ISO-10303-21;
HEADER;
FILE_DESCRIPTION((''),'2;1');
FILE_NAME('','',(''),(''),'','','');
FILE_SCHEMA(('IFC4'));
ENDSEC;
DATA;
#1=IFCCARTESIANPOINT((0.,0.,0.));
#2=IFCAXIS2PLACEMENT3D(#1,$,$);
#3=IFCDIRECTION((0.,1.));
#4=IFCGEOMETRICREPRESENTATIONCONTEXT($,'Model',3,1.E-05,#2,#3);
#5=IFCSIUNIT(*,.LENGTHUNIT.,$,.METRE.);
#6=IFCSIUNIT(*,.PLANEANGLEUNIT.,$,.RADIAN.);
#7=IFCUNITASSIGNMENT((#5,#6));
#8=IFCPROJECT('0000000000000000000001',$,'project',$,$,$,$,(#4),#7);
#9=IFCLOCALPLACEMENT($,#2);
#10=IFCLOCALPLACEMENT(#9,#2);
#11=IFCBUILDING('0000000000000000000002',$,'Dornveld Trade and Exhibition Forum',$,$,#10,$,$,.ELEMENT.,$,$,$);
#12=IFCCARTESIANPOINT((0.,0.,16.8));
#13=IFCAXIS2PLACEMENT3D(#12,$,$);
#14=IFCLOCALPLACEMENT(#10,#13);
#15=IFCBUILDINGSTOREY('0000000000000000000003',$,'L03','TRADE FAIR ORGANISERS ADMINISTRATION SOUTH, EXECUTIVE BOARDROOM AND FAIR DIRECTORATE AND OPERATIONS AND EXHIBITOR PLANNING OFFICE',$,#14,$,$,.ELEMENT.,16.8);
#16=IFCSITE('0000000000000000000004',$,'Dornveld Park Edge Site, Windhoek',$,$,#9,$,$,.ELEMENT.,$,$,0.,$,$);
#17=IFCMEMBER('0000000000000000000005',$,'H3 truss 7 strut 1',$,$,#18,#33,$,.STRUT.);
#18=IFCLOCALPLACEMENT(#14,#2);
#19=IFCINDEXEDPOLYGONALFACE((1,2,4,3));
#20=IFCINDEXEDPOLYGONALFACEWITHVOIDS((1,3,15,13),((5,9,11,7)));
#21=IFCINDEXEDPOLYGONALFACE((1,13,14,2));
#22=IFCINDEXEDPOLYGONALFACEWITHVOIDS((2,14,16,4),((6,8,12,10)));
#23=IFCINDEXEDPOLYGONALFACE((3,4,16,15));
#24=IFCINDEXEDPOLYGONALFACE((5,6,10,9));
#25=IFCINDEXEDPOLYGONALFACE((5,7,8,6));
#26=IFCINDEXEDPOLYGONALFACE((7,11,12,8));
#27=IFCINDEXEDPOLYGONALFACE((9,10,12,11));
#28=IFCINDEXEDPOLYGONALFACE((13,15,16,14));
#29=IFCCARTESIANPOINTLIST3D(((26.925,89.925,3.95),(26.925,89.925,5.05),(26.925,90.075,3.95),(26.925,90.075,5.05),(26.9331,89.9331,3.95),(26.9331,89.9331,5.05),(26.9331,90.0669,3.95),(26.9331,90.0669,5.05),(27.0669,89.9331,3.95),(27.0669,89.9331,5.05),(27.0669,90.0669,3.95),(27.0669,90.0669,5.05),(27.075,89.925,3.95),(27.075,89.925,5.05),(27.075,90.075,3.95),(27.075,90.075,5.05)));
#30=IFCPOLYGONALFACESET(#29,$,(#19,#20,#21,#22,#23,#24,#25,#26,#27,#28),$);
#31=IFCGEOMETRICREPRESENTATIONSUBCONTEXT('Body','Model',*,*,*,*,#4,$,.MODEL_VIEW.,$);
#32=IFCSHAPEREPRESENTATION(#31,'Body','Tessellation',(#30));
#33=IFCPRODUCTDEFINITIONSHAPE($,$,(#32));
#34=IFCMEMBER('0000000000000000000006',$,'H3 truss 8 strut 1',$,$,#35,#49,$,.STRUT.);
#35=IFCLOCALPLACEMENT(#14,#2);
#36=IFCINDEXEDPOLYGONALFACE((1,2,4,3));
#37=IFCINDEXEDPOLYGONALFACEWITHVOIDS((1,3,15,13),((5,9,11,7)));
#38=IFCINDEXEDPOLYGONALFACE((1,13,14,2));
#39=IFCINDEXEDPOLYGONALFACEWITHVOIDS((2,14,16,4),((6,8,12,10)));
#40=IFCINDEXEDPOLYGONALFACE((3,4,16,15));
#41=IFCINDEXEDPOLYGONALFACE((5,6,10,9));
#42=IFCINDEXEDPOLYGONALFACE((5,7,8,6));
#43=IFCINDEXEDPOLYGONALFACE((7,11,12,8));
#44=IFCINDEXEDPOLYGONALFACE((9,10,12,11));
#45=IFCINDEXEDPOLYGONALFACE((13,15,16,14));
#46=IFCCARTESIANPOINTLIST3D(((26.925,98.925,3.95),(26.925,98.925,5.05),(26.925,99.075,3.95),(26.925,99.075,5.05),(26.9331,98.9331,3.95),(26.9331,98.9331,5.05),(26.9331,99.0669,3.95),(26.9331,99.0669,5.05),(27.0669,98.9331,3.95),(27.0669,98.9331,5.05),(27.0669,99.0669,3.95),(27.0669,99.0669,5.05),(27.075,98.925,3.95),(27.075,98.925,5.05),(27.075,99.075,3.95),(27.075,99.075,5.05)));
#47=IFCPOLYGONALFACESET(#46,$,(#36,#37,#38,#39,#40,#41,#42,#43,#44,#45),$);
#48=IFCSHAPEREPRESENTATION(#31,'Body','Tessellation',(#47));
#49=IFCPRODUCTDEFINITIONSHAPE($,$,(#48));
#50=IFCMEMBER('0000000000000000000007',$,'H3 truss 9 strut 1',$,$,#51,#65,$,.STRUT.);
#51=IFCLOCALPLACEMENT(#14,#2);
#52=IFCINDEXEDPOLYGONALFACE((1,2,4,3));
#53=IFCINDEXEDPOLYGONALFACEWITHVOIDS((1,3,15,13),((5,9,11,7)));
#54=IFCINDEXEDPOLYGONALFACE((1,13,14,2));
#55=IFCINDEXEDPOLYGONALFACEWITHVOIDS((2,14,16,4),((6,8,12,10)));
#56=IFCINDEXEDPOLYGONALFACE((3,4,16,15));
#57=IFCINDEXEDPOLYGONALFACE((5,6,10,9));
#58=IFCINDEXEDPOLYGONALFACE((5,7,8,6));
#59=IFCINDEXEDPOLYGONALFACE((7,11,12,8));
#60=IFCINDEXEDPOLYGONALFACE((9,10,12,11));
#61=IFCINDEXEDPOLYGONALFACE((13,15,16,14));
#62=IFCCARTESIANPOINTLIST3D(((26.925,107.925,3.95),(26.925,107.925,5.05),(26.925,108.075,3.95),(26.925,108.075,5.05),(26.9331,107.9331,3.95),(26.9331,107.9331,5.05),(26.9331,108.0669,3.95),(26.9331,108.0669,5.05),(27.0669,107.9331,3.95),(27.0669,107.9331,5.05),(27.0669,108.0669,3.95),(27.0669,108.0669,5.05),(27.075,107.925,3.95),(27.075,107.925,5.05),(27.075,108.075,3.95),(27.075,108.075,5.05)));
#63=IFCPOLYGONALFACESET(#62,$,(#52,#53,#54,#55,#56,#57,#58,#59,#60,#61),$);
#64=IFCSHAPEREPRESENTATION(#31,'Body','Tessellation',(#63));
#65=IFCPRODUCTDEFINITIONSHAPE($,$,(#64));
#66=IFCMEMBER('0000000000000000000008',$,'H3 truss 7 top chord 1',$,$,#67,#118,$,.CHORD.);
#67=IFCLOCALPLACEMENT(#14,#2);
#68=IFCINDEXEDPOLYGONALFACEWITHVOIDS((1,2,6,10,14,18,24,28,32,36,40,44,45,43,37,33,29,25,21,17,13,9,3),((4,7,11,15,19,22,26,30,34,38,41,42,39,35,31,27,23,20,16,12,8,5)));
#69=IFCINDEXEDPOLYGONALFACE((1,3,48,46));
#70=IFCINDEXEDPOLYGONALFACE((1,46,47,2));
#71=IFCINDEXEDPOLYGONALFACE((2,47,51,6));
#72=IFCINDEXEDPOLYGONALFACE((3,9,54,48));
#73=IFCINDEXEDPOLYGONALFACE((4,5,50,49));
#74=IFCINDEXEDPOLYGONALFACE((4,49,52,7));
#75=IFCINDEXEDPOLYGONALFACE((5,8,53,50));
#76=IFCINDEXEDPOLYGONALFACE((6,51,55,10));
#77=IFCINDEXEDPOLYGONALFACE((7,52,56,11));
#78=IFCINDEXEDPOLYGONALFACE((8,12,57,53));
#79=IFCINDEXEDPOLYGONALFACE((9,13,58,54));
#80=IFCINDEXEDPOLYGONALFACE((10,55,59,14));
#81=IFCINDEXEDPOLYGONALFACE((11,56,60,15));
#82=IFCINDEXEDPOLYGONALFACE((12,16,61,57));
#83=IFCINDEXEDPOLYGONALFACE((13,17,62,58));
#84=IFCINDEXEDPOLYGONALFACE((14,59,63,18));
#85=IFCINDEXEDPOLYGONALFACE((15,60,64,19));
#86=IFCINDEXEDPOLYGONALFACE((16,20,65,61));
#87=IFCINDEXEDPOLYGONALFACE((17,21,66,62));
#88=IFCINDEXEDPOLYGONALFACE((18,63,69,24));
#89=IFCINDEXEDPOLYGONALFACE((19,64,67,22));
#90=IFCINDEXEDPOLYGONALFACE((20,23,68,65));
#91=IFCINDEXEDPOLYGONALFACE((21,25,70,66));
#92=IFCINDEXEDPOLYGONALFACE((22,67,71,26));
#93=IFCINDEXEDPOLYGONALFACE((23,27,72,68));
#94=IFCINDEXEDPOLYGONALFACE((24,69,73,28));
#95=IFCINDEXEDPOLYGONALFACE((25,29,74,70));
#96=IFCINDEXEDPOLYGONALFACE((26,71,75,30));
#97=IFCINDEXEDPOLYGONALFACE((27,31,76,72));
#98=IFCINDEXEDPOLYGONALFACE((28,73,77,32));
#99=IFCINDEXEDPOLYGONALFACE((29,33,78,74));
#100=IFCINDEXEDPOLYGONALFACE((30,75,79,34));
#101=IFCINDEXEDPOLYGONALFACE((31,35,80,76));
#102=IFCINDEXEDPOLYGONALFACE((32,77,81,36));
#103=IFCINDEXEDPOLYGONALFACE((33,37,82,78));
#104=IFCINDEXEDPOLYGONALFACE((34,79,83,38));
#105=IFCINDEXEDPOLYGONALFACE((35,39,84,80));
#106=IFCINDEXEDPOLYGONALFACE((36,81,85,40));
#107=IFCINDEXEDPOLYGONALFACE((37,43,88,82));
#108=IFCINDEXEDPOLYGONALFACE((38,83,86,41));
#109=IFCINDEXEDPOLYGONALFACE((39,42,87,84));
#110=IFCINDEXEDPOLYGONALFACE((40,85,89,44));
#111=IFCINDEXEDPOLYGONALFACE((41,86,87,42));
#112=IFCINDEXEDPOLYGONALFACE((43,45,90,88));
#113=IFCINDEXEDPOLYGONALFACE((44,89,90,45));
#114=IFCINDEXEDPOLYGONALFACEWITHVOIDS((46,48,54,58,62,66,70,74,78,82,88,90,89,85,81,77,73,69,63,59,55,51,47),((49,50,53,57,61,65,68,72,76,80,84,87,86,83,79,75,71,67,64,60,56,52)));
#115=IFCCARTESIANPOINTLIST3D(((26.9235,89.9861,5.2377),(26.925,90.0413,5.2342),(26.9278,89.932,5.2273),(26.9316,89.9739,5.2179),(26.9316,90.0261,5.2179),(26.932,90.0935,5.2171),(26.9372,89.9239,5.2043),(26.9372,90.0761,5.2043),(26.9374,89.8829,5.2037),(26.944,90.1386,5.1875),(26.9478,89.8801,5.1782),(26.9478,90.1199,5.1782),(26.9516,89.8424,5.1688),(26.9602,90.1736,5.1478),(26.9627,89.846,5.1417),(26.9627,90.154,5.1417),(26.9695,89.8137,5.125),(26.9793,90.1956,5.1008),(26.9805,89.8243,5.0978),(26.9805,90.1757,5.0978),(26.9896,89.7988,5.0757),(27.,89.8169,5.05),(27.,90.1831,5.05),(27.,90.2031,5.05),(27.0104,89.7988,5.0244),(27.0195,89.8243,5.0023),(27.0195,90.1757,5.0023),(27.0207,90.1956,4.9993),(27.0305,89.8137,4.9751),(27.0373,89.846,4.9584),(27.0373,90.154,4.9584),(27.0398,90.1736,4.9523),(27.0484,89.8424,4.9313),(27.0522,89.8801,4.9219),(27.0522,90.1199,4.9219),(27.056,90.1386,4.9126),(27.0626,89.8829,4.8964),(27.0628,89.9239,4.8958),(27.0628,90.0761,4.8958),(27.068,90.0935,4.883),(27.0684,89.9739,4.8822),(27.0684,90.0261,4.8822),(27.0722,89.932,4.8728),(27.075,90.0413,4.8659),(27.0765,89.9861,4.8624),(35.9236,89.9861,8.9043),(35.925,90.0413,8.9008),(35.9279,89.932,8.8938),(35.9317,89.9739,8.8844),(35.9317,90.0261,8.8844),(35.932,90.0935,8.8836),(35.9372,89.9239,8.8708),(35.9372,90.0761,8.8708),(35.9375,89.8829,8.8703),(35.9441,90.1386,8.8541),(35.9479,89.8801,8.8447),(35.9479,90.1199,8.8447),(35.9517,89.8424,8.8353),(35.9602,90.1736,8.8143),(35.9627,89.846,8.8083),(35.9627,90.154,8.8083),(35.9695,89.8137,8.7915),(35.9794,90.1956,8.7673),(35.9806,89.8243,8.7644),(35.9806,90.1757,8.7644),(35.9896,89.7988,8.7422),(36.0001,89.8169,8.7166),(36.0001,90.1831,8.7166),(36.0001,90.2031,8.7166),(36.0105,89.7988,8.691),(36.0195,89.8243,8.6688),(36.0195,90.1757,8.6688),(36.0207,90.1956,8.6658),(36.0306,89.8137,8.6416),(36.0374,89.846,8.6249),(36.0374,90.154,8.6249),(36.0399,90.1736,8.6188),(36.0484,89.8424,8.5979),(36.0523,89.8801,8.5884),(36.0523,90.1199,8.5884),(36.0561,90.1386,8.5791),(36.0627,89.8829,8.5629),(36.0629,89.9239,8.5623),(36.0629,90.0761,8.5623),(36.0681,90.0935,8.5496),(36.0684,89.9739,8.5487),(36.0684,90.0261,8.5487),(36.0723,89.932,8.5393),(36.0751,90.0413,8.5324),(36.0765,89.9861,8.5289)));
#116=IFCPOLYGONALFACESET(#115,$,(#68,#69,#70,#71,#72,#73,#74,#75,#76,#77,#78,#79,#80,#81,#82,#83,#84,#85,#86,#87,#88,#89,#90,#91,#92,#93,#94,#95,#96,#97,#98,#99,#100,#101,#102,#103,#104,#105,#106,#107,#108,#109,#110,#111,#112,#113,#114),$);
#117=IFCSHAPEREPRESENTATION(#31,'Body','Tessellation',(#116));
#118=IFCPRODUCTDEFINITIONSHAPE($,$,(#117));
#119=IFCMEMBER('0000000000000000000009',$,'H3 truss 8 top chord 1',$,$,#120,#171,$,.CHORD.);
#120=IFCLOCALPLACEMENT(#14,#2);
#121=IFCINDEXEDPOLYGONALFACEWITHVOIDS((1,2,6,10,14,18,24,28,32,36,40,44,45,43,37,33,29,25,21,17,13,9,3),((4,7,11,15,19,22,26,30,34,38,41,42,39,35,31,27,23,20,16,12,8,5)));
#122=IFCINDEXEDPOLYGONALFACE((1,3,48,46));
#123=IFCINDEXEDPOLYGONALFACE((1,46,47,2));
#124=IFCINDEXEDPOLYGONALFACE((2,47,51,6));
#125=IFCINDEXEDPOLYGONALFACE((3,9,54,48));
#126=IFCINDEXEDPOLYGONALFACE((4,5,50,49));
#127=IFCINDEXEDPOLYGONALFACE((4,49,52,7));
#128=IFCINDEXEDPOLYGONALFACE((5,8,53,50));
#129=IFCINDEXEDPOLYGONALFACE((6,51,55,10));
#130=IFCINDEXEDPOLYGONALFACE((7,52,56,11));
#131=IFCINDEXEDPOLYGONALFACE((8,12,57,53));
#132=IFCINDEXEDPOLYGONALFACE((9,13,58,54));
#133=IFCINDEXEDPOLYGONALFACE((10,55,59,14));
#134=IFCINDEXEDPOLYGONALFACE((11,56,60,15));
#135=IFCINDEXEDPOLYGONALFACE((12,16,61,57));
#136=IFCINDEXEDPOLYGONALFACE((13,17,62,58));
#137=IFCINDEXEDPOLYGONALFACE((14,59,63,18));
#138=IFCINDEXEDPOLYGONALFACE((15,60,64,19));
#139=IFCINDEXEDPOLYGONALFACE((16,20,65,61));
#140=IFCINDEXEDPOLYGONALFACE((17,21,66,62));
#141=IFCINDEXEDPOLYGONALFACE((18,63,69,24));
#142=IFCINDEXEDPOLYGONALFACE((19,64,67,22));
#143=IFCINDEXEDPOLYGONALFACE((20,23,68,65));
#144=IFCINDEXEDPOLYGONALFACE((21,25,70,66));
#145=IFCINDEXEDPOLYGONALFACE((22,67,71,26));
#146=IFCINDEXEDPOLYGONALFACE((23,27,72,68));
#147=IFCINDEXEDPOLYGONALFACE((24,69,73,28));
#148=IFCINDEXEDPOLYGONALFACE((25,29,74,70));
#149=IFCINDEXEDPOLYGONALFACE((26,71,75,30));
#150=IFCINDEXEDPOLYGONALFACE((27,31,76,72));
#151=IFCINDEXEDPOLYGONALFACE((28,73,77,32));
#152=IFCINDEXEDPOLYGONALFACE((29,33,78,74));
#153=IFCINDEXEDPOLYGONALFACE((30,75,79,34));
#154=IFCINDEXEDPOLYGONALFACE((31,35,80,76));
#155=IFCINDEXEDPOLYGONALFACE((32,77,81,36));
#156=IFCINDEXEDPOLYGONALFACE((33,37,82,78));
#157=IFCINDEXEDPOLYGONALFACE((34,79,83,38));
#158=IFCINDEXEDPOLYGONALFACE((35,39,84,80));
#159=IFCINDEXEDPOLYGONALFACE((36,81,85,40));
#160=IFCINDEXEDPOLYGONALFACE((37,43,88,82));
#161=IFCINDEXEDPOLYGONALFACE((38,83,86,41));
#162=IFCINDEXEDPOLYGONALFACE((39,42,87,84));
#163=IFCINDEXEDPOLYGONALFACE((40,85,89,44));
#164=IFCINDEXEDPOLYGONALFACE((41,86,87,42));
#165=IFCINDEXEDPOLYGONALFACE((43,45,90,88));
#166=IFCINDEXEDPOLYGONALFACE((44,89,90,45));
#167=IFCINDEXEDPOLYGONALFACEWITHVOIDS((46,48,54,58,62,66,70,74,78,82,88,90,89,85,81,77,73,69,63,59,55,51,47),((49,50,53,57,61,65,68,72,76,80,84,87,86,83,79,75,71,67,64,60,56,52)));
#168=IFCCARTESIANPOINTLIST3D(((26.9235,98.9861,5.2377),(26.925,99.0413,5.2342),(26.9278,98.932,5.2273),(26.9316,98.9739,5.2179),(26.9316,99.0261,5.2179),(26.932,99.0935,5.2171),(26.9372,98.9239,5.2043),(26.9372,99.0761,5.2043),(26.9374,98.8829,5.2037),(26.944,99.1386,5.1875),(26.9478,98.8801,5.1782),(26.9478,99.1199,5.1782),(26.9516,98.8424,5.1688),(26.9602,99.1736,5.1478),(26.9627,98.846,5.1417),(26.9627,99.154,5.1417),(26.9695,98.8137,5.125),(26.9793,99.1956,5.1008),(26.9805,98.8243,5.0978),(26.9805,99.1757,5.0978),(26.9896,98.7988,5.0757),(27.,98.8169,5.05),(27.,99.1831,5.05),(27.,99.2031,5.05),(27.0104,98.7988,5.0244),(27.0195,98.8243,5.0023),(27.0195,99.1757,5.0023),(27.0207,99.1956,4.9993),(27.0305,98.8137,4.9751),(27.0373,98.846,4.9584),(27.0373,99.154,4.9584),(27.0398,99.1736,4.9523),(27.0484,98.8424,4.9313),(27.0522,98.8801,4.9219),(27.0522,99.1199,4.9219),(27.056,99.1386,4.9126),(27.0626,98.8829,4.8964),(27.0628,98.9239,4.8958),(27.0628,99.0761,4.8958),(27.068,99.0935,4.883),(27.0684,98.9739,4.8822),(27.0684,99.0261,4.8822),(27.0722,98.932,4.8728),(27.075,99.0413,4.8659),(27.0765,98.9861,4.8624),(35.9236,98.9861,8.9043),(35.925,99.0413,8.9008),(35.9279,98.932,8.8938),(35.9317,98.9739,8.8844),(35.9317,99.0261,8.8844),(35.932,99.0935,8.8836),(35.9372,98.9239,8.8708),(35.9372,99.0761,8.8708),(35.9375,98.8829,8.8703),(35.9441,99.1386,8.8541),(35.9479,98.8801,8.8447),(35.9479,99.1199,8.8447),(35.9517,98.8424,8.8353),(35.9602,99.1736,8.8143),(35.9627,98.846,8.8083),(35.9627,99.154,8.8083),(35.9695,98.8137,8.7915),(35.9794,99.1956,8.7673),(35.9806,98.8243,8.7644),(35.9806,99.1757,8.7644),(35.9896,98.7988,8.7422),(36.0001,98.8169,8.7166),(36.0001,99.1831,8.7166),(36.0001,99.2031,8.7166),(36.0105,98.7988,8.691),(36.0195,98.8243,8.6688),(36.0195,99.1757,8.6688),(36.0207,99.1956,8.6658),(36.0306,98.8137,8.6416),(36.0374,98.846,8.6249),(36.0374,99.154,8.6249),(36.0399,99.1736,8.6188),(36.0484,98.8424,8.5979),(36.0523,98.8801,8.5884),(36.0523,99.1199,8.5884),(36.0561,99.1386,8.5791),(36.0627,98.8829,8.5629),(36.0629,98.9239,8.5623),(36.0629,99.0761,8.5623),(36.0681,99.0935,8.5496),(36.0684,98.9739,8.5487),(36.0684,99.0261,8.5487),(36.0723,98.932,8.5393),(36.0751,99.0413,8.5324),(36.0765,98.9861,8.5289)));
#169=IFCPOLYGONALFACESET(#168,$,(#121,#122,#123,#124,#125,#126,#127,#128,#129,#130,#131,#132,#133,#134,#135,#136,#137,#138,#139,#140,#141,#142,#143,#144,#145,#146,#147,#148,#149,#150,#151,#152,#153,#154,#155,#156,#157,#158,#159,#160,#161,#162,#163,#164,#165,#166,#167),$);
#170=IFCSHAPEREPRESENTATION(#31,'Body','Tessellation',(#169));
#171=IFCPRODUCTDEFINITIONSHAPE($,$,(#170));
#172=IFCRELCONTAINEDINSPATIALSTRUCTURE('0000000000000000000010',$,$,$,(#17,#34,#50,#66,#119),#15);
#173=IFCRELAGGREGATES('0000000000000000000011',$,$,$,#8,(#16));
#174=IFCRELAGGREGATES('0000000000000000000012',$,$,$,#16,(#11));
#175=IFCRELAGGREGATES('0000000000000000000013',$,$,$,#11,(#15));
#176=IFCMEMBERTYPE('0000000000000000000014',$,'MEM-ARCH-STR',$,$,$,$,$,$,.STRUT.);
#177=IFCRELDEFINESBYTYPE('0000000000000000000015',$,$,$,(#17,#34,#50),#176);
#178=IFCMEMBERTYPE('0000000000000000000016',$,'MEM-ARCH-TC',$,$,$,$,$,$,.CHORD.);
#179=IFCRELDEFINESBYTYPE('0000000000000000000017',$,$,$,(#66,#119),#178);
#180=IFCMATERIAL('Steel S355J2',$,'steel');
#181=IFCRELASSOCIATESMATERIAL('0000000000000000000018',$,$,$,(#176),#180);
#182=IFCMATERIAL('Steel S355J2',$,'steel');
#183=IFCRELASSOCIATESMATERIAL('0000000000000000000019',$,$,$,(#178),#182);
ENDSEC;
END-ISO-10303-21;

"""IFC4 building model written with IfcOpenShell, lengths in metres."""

from ifc_helpers import new_model, si_unit, direction, frame, origin, origin_2d, place, context, subcontext, project, spatial, hollow_rectangle, hollow_circle, extrude, material, material_profile, profile_set, type_object, element, save


model = new_model("IFC4")

# Units and contexts
model_context = context("Model", 3, precision=1e-05, world=origin(), true_north=direction((0.0, 1.0)))
body_context = subcontext(model_context, "Body", "Model", "MODEL_VIEW")
ifc_project = project(units=[si_unit("LENGTHUNIT", "METRE"), si_unit("PLANEANGLEUNIT", "RADIAN")], contexts=[model_context])

# Site, building, storey
site_placement = place(None, origin())
site = spatial("IfcSite", under=ifc_project, at=site_placement, Name="Dornveld Park Edge Site, Windhoek", CompositionType="ELEMENT", RefElevation=0.0)
building_placement = place(site_placement, origin())
building = spatial("IfcBuilding", under=site, at=building_placement, Name="Dornveld Trade and Exhibition Forum", CompositionType="ELEMENT")
storey_placement = place(building_placement, frame((0.0, 0.0, 16.8)))
storey = spatial("IfcBuildingStorey", under=building, at=storey_placement, Name="L03", Description="TRADE FAIR ORGANISERS ADMINISTRATION SOUTH, EXECUTIVE BOARDROOM AND FAIR DIRECTORATE AND OPERATIONS AND EXHIBITOR PLANNING OFFICE", CompositionType="ELEMENT", Elevation=16.8)

# Members
ifc_material_1 = material(Name="Steel S355J2", Category="steel")
ifc_material_profile_1 = material_profile(ifc_material_1, hollow_rectangle(XDim=0.1499, YDim=0.1499, WallThickness=0.0081, at=origin_2d()), Name="SHS 150x150x8")
ifc_profile_set_1 = profile_set([ifc_material_profile_1], Name="Steel S355J2")
member_type_1 = type_object("IfcMemberType", Name="MEM-ARCH-STR", PredefinedType="STRUT", material=ifc_profile_set_1)
for number, where, z_axis, x_axis, name in (
    (1, (27.0, 90.0, 3.95), (0.0, 0.0, 1.0), (1.0, 0.0, 0.0), "H3 truss 7 strut 1"),
    (2, (27.0, 99.0, 3.95), (0.0, 0.0, 1.0), (1.0, 0.0, 0.0), "H3 truss 8 strut 1"),
    (3, (27.0, 108.0, 3.95), (0.0, 0.0, 1.0), (1.0, 0.0, 0.0), "H3 truss 9 strut 1"),
):
    element("IfcMember", number, at=place(storey_placement, frame(where, z_axis=z_axis, x_axis=x_axis)), inside=storey, type_object=member_type_1, Name=name, PredefinedType="STRUT", context=body_context, shape_type="SweptSolid", body=[
        extrude(hollow_rectangle(XDim=0.1499, YDim=0.1499, WallThickness=0.0081, at=origin_2d()), origin(), (0.0, 0.0, 1.0), 1.1001),
    ])
ifc_material_2 = material(Name="Steel S355J2", Category="steel")
ifc_material_profile_2 = material_profile(ifc_material_2, hollow_circle(Radius=0.2031, WallThickness=0.02, at=origin_2d()), Name="CHS 406.4x20")
ifc_profile_set_2 = profile_set([ifc_material_profile_2], Name="Steel S355J2")
member_type_2 = type_object("IfcMemberType", Name="MEM-ARCH-TC", PredefinedType="CHORD", material=ifc_profile_set_2)
for number, where, z_axis, x_axis, name in (
    (4, (27.0, 90.0, 5.05), (0.926098, 0.0, 0.377283), (0.0, 1.0, 0.0), "H3 truss 7 top chord 1"),
    (5, (27.0, 99.0, 5.05), (0.926098, 0.0, 0.377283), (0.0, 1.0, 0.0), "H3 truss 8 top chord 1"),
):
    element("IfcMember", number, at=place(storey_placement, frame(where, z_axis=z_axis, x_axis=x_axis)), inside=storey, type_object=member_type_2, Name=name, PredefinedType="CHORD", context=body_context, shape_type="SweptSolid", body=[
        extrude(hollow_circle(Radius=0.2031, WallThickness=0.02, at=origin_2d()), origin(), (0.0, 0.0, 1.0), 9.7183),
    ])

save(model, "model.ifc")
